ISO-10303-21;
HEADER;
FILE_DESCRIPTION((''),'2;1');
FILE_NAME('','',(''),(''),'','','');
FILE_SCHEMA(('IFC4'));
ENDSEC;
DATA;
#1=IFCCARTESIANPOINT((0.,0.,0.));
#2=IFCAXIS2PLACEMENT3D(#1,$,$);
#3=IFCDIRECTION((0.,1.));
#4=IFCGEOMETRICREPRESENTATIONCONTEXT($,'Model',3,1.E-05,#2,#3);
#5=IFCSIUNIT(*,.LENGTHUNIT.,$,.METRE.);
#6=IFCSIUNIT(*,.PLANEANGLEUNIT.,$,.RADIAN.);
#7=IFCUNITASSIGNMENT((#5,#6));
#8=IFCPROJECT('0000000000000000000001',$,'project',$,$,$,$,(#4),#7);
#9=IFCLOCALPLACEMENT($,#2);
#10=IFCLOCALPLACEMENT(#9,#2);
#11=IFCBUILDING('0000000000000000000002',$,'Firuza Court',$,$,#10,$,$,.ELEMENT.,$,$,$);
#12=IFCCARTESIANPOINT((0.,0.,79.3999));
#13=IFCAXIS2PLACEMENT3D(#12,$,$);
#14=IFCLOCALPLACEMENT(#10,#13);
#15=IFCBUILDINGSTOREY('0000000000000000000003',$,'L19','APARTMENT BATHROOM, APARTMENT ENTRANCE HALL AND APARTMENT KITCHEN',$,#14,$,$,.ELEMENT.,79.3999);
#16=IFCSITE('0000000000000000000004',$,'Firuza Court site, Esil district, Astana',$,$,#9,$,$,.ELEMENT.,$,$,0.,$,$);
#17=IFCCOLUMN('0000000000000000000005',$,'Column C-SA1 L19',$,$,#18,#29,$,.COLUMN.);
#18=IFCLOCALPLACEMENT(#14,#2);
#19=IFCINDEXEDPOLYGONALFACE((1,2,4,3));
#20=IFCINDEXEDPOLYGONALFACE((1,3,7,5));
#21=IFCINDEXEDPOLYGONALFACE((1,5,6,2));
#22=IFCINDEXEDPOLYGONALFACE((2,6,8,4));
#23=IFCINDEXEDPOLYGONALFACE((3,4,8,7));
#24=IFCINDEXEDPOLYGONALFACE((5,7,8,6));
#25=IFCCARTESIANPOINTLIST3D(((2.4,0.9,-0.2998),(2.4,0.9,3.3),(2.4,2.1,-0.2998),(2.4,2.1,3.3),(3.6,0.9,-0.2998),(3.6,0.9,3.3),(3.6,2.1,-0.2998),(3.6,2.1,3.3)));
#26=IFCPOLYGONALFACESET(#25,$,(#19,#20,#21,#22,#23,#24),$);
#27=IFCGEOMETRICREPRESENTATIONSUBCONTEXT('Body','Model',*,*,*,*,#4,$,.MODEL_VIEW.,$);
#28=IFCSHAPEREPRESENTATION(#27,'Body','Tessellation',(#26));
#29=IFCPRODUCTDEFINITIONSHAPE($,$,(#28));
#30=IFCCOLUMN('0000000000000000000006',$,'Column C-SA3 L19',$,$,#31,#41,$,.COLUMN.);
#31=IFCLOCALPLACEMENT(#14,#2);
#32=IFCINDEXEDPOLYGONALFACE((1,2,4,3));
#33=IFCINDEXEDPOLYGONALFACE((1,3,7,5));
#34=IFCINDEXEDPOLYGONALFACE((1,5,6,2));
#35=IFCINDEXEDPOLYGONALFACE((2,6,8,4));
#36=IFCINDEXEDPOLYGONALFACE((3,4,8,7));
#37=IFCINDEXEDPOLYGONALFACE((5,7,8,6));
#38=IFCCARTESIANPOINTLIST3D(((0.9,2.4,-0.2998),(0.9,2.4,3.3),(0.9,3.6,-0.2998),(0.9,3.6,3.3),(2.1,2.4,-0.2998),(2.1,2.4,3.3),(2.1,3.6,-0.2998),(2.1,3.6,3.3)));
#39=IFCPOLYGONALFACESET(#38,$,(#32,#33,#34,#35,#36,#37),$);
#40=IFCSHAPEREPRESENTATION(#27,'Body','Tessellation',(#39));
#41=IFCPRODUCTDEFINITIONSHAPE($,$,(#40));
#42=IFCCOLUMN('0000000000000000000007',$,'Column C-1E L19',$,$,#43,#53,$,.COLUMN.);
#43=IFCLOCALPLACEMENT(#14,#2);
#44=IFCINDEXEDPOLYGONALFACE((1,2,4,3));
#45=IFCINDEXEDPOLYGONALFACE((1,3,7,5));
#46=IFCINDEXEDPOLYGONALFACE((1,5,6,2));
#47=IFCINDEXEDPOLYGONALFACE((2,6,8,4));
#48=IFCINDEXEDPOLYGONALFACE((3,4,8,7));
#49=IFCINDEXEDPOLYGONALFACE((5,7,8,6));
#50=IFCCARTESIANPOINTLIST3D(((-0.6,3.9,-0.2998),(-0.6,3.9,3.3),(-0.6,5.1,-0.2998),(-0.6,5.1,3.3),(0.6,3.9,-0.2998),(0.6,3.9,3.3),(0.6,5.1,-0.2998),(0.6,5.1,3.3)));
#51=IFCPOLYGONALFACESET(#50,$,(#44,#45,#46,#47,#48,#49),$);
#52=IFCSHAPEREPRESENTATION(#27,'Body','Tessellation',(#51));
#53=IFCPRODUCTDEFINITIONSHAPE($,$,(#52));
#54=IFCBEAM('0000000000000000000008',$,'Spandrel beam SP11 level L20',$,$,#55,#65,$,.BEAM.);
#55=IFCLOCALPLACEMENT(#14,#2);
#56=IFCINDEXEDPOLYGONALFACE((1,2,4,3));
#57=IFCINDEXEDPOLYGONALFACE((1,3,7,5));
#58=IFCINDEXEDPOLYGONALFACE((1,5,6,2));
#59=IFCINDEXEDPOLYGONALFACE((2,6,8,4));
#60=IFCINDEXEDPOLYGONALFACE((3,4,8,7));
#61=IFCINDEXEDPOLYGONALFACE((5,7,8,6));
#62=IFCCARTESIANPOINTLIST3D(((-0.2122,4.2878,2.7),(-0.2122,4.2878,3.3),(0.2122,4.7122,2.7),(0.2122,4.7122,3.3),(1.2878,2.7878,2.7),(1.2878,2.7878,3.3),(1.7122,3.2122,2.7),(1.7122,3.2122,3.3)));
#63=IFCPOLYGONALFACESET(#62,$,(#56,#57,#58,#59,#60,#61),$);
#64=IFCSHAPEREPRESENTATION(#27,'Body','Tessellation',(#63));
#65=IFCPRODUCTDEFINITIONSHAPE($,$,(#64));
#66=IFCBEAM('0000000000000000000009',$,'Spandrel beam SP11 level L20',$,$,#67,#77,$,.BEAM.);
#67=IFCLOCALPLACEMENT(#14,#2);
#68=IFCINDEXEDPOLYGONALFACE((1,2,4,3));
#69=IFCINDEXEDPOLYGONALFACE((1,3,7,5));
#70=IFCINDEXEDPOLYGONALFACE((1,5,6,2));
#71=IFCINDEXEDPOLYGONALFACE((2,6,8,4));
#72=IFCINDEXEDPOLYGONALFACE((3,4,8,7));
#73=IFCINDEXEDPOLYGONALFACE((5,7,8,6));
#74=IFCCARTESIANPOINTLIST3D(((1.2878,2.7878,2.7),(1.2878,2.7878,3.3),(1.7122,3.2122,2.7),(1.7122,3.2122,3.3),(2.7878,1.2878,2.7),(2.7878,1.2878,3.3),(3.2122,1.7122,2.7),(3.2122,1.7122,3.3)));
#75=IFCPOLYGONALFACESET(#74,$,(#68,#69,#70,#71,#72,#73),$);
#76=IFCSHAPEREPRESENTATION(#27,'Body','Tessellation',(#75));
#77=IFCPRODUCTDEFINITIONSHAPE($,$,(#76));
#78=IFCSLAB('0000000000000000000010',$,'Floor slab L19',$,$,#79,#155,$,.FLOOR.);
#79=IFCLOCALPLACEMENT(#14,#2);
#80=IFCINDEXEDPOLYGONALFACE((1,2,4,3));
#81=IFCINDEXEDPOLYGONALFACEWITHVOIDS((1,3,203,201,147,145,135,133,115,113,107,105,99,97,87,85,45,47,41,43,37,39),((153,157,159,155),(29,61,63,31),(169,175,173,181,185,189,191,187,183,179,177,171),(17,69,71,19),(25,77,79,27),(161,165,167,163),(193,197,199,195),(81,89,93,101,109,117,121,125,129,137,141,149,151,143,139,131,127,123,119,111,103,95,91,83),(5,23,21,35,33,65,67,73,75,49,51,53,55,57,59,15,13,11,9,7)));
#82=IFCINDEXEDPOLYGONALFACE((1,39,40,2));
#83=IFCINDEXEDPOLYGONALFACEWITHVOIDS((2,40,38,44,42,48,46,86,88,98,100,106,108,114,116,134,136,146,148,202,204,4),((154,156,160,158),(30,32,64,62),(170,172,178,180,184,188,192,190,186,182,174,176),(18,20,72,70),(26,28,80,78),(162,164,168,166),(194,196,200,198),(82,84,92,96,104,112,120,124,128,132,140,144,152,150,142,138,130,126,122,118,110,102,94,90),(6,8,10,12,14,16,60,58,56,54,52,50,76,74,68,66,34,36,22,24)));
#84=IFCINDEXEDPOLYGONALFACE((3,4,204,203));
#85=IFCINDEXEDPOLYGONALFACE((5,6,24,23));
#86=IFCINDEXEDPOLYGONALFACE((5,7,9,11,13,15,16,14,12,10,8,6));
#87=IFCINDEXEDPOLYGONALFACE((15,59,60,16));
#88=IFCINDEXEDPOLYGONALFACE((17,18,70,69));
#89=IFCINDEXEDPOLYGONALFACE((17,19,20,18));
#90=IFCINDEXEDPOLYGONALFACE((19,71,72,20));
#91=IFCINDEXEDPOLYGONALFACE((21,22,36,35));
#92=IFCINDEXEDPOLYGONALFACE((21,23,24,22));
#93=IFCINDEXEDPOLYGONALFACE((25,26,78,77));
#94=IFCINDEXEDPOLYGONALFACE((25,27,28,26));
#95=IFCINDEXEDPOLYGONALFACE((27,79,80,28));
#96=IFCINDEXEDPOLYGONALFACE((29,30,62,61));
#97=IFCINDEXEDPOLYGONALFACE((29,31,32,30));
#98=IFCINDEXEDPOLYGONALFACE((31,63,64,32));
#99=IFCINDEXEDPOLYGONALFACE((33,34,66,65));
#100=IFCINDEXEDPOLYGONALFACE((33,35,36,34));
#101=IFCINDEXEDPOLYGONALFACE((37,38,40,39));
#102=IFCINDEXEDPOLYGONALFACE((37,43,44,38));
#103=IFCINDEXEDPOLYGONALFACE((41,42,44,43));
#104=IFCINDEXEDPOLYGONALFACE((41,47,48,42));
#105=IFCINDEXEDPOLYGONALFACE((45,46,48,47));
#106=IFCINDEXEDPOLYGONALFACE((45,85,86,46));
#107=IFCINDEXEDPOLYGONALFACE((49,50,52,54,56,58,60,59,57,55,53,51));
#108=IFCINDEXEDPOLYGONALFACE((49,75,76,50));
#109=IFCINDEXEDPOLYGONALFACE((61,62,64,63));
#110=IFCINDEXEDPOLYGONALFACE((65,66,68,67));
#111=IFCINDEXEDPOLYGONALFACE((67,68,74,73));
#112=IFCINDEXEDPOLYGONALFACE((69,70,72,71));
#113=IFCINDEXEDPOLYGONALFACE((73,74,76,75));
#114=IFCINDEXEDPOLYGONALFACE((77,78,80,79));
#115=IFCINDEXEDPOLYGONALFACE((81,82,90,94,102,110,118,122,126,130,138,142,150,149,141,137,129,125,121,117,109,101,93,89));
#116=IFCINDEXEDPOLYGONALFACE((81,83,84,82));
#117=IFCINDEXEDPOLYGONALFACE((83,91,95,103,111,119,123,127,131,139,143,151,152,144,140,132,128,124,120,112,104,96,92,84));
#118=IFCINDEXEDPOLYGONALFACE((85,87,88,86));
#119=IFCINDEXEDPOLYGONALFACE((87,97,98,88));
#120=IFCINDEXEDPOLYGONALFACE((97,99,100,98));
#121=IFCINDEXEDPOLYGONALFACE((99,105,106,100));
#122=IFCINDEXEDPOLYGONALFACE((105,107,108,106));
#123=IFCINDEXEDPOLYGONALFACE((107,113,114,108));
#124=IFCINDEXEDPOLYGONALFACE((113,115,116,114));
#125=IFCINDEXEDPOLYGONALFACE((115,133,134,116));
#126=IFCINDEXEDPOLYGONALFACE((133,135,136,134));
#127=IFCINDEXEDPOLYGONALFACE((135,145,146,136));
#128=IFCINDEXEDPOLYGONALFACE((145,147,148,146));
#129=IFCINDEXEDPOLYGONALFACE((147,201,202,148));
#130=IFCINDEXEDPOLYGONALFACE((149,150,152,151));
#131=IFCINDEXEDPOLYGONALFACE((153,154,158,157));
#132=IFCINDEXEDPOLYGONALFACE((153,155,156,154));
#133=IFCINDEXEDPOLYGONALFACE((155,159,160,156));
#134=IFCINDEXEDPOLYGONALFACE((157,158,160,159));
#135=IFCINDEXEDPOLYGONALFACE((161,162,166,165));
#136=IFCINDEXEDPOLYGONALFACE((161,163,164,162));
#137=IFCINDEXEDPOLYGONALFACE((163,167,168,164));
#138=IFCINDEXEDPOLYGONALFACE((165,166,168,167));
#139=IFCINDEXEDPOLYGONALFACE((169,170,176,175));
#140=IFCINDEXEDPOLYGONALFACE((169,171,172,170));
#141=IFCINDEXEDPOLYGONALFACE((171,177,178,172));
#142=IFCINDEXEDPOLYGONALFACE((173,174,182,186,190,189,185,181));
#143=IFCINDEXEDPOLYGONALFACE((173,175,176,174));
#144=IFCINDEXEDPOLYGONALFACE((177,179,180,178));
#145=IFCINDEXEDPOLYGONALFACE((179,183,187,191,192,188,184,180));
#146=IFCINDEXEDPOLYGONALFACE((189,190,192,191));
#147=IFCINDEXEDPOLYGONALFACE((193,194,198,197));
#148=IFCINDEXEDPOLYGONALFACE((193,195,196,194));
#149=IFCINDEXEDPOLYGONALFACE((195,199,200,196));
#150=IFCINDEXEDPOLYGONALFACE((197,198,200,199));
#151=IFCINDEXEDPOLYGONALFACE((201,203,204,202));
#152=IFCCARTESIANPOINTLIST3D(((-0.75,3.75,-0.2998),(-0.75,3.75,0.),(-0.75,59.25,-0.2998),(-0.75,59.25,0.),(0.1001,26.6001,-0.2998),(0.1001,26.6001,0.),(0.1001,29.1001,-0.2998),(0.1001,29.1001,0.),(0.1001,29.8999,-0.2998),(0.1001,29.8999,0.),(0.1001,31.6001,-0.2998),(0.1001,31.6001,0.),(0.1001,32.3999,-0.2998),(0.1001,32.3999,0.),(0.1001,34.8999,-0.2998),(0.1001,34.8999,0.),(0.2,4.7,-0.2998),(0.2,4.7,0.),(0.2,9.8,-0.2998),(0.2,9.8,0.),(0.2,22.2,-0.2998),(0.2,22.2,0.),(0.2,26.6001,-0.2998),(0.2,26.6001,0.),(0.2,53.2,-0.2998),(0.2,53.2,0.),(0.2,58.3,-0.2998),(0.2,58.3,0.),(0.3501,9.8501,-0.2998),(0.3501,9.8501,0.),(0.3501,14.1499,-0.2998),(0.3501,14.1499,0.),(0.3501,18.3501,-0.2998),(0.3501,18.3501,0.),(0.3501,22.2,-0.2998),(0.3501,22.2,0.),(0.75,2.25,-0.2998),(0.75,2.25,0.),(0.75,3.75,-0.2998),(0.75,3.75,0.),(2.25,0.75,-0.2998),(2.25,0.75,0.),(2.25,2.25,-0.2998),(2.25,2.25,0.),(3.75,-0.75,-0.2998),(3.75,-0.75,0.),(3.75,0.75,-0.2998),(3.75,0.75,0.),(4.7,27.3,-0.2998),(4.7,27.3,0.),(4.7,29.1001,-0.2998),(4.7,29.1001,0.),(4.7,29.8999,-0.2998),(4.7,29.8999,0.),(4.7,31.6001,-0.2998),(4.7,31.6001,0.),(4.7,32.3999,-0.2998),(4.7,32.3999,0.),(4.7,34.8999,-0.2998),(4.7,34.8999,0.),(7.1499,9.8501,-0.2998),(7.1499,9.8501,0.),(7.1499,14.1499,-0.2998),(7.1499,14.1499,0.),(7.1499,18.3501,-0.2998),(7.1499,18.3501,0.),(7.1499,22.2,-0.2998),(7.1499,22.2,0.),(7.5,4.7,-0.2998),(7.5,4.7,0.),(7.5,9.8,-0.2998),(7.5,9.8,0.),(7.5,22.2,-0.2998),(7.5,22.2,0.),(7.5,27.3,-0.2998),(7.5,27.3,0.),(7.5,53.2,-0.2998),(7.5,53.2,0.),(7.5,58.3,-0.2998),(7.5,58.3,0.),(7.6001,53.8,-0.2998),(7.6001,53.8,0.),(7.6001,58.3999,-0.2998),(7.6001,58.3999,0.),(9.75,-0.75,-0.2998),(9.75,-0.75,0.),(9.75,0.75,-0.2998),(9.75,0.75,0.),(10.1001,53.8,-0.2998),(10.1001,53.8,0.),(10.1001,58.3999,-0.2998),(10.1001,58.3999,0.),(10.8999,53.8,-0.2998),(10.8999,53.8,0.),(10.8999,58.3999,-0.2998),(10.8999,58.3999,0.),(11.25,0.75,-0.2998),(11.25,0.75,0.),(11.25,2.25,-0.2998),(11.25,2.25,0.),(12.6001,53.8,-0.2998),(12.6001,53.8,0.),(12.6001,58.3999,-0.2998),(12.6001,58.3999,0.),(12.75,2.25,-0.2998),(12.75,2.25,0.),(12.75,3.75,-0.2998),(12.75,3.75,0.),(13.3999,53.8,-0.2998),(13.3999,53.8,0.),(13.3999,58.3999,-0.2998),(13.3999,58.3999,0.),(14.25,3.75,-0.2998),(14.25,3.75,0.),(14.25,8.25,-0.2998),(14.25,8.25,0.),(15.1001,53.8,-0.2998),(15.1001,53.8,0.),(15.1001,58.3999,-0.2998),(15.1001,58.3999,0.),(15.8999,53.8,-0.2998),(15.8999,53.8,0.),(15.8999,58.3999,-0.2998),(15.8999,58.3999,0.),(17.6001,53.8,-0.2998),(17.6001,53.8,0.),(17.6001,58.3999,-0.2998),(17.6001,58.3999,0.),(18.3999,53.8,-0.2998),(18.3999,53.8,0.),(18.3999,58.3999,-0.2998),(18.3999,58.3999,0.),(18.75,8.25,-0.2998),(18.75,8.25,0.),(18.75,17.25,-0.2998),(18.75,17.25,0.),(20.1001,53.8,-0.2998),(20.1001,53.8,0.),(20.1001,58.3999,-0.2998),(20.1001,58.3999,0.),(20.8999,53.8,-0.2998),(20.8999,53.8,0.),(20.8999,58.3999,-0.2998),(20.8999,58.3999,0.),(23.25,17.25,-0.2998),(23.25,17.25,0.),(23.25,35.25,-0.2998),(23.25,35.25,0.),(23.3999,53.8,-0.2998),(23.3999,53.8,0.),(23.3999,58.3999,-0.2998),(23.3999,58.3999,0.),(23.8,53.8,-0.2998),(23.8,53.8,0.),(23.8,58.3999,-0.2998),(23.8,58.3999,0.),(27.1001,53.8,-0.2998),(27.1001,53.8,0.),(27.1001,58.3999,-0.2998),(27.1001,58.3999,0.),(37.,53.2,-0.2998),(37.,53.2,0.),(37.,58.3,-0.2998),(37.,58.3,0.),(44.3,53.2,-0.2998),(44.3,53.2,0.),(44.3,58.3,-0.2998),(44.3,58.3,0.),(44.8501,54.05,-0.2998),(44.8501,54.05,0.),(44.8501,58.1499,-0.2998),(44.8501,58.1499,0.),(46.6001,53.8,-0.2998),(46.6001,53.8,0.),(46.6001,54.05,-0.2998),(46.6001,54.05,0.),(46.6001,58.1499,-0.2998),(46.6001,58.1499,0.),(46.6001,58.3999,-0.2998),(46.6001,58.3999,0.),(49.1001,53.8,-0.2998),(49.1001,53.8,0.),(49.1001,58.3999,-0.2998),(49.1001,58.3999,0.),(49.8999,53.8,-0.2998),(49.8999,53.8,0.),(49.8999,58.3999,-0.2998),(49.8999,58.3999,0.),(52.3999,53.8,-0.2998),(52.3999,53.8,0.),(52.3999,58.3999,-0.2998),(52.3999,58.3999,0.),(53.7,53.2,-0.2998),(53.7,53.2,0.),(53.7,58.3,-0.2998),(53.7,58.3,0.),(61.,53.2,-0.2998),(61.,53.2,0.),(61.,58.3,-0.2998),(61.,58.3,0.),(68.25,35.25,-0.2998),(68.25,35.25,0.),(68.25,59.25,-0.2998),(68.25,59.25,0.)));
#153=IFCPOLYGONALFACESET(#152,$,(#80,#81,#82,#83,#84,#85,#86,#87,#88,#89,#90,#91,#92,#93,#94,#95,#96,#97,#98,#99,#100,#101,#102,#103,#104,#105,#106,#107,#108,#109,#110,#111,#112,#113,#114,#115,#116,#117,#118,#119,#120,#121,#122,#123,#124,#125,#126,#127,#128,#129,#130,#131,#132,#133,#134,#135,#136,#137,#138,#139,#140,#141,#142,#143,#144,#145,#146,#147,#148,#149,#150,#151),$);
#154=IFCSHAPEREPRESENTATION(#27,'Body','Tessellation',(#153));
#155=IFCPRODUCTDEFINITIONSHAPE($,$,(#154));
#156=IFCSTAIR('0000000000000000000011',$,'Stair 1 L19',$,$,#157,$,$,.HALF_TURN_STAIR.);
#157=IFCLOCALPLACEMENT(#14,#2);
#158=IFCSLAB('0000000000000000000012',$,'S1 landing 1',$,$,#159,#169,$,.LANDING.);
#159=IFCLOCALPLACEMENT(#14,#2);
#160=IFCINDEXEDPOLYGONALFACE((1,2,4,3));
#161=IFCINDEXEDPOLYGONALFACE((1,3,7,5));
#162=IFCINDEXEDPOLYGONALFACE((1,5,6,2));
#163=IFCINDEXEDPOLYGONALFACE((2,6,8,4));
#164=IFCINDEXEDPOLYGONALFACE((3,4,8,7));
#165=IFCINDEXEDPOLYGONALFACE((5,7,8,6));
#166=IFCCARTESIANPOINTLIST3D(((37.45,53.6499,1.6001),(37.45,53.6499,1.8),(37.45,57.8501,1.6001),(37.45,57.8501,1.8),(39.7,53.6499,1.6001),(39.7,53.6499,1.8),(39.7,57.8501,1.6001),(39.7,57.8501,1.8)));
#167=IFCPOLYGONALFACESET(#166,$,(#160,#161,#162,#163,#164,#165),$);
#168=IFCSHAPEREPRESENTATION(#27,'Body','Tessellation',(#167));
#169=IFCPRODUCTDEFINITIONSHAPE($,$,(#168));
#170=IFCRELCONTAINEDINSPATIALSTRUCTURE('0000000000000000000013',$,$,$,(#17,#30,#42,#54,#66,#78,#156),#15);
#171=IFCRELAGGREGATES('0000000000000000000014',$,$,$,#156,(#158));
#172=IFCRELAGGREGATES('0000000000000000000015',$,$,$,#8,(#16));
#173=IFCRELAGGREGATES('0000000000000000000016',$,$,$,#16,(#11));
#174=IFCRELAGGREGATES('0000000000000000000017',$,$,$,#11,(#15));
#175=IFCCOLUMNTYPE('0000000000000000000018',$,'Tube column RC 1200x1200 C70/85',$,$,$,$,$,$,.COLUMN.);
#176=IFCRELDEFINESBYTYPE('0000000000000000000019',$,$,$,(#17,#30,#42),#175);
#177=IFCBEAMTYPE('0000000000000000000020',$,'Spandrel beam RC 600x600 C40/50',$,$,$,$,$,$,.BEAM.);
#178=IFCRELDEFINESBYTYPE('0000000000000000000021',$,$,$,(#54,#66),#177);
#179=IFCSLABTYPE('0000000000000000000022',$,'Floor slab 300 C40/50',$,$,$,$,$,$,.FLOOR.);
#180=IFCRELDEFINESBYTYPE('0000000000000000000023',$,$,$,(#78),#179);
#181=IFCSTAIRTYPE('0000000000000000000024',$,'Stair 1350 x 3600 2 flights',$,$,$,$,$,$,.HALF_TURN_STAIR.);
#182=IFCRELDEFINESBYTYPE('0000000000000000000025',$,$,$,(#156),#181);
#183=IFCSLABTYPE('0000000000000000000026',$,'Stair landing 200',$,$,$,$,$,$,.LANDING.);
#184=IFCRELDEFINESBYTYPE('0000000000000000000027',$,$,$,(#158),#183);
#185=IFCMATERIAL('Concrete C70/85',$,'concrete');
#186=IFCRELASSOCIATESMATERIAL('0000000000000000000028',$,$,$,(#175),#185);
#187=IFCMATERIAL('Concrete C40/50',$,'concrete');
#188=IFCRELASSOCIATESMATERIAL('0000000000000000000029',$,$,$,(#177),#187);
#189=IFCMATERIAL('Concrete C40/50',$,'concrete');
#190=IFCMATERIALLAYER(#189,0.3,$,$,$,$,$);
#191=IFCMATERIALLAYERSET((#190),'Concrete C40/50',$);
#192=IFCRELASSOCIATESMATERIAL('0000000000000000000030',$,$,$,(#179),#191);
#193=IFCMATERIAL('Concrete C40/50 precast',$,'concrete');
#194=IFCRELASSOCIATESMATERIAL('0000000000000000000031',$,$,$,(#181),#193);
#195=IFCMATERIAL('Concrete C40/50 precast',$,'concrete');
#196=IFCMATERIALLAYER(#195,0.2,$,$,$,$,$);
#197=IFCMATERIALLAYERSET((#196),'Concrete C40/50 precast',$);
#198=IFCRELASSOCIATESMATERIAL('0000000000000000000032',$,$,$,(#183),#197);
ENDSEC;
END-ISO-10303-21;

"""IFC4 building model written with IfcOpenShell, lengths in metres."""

from ifc_helpers import new_model, si_unit, direction, frame, origin, origin_2d, place, context, subcontext, project, spatial, polyline, rectangle, outline, extrude, material, layer, layer_set, material_profile, profile_set, type_object, element, aggregate, save


model = new_model("IFC4")

# Units and contexts
model_context = context("Model", 3, precision=1e-05, world=origin(), true_north=direction((0.0, 1.0)))
body_context = subcontext(model_context, "Body", "Model", "MODEL_VIEW")
ifc_project = project(units=[si_unit("LENGTHUNIT", "METRE"), si_unit("PLANEANGLEUNIT", "RADIAN")], contexts=[model_context])

# Site, building, storey
site_placement = place(None, origin())
site = spatial("IfcSite", under=ifc_project, at=site_placement, Name="Firuza Court site, Esil district, Astana", CompositionType="ELEMENT", RefElevation=0.0)
building_placement = place(site_placement, origin())
building = spatial("IfcBuilding", under=site, at=building_placement, Name="Firuza Court", CompositionType="ELEMENT")
storey_placement = place(building_placement, frame((0.0, 0.0, 79.3999)))
storey = spatial("IfcBuildingStorey", under=building, at=storey_placement, Name="L19", Description="APARTMENT BATHROOM, APARTMENT ENTRANCE HALL AND APARTMENT KITCHEN", CompositionType="ELEMENT", Elevation=79.3999)

# Columns
ifc_material_1 = material(Name="Concrete C70/85", Category="concrete")
ifc_material_profile_1 = material_profile(ifc_material_1, rectangle(XDim=1.2, YDim=1.2, at=origin_2d()), Name="RC 1200x1200")
ifc_profile_set_1 = profile_set([ifc_material_profile_1], Name="Concrete C70/85")
column_type = type_object("IfcColumnType", Name="Tube column RC 1200x1200 C70/85", PredefinedType="COLUMN", material=ifc_profile_set_1)
for number, where, z_axis, x_axis, name in (
    (1, (3.0, 1.5, -0.2998), (0.0, 0.0, 1.0), (1.0, 0.0, 0.0), "Column C-SA1 L19"),
    (2, (1.5, 3.0, -0.2998), (0.0, 0.0, 1.0), (1.0, 0.0, 0.0), "Column C-SA3 L19"),
    (3, (0.0, 4.5, -0.2998), (0.0, 0.0, 1.0), (1.0, 0.0, 0.0), "Column C-1E L19"),
):
    element("IfcColumn", number, at=place(storey_placement, frame(where, z_axis=z_axis, x_axis=x_axis)), inside=storey, type_object=column_type, Name=name, PredefinedType="COLUMN", context=body_context, shape_type="SweptSolid", body=[
        extrude(rectangle(XDim=1.2, YDim=1.2, at=origin_2d()), origin(), (0.0, 0.0, 1.0), 3.5999),
    ])

# Beams
ifc_material_2 = material(Name="Concrete C40/50", Category="concrete")
ifc_material_profile_2 = material_profile(ifc_material_2, rectangle(XDim=0.6001, YDim=0.6001, at=origin_2d()), Name="RC 600x600")
ifc_profile_set_2 = profile_set([ifc_material_profile_2], Name="Concrete C40/50")
beam_type = type_object("IfcBeamType", Name="Spandrel beam RC 600x600 C40/50", PredefinedType="BEAM", material=ifc_profile_set_2)
for number, where, z_axis, x_axis, name in (
    (4, (0.0, 4.5, 3.0), (0.707107, -0.707107, 0.0), (0.707107, 0.707107, 0.0), "Spandrel beam SP11 level L20"),
    (5, (1.5, 3.0, 3.0), (0.707107, -0.707107, 0.0), (0.707107, 0.707107, 0.0), "Spandrel beam SP11 level L20"),
):
    element("IfcBeam", number, at=place(storey_placement, frame(where, z_axis=z_axis, x_axis=x_axis)), inside=storey, type_object=beam_type, Name=name, PredefinedType="BEAM", context=body_context, shape_type="SweptSolid", body=[
        extrude(rectangle(XDim=0.6001, YDim=0.6001, at=origin_2d()), origin(), (0.0, 0.0, 1.0), 2.1213),
    ])

# Slab
ifc_material_3 = material(Name="Concrete C40/50", Category="concrete")
ifc_layer_1 = layer(ifc_material_3, 0.3)
ifc_layer_set_1 = layer_set([ifc_layer_1], Name="Concrete C40/50")
slab_type_1 = type_object("IfcSlabType", Name="Floor slab 300 C40/50", PredefinedType="FLOOR", material=ifc_layer_set_1)
slab_1_placement = place(storey_placement, frame((0.0, 0.0, -0.2998)))
element("IfcSlab", 6, at=slab_1_placement, inside=storey, type_object=slab_type_1, Name="Floor slab L19", PredefinedType="FLOOR", context=body_context, shape_type="SweptSolid", body=[
    extrude(outline(polyline([(3.75, -0.75), (3.75, 0.75), (2.25, 0.75), (2.25, 2.25), (0.75, 2.25), (0.75, 3.75), (-0.75, 3.75), (-0.75, 59.25), (68.25, 59.25), (68.25, 35.25), (23.25, 35.25), (23.25, 17.25), (18.75, 17.25), (18.75, 8.25), (14.25, 8.25), (14.25, 3.75), (12.75, 3.75), (12.75, 2.25), (11.25, 2.25), (11.25, 0.75), (9.75, 0.75), (9.75, -0.75), (3.75, -0.75)]), holes=[polyline([(7.5, 9.8), (0.2, 9.8), (0.2, 4.7), (7.5, 4.7), (7.5, 9.8)]), polyline([(7.1499, 14.1499), (0.3501, 14.1499), (0.3501, 9.8501), (7.1499, 9.8501), (7.1499, 14.1499)]), polyline([(0.2, 22.2), (0.3501, 22.2), (0.3501, 18.3501), (7.1499, 18.3501), (7.1499, 22.2), (7.5, 22.2), (7.5, 27.3), (4.7, 27.3), (4.7, 29.1001), (4.7, 29.8999), (4.7, 31.6001), (4.7, 32.3999), (4.7, 34.8999), (0.1001, 34.8999), (0.1001, 32.3999), (0.1001, 31.6001), (0.1001, 29.8999), (0.1001, 29.1001), (0.1001, 26.6001), (0.2, 26.6001), (0.2, 22.2)]), polyline([(7.5, 58.3), (0.2, 58.3), (0.2, 53.2), (7.5, 53.2), (7.5, 58.3)]), polyline([(10.1001, 58.3999), (7.6001, 58.3999), (7.6001, 53.8), (10.1001, 53.8), (10.8999, 53.8), (12.6001, 53.8), (13.3999, 53.8), (15.1001, 53.8), (15.8999, 53.8), (17.6001, 53.8), (18.3999, 53.8), (20.1001, 53.8), (20.8999, 53.8), (23.3999, 53.8), (23.3999, 58.3999), (20.8999, 58.3999), (20.1001, 58.3999), (18.3999, 58.3999), (17.6001, 58.3999), (15.8999, 58.3999), (15.1001, 58.3999), (13.3999, 58.3999), (12.6001, 58.3999), (10.8999, 58.3999), (10.1001, 58.3999)]), polyline([(44.3, 58.3), (37.0, 58.3), (37.0, 53.2), (44.3, 53.2), (44.3, 58.3)]), polyline([(61.0, 58.3), (53.7, 58.3), (53.7, 53.2), (61.0, 53.2), (61.0, 58.3)]), polyline([(27.1001, 58.3999), (23.8, 58.3999), (23.8, 53.8), (27.1001, 53.8), (27.1001, 58.3999)]), polyline([(46.6001, 58.1499), (44.8501, 58.1499), (44.8501, 54.05), (46.6001, 54.05), (46.6001, 53.8), (49.1001, 53.8), (49.8999, 53.8), (52.3999, 53.8), (52.3999, 58.3999), (49.8999, 58.3999), (49.1001, 58.3999), (46.6001, 58.3999), (46.6001, 58.1499)])]), origin(), (0.0, 0.0, 1.0), 0.2998),
])

# Stair, slab
ifc_material_4 = material(Name="Concrete C40/50 precast", Category="concrete")
stair_type = type_object("IfcStairType", Name="Stair 1350 x 3600 2 flights", PredefinedType="HALF_TURN_STAIR", material=ifc_material_4)
stair_1_placement = place(storey_placement, origin())
stair_1 = element("IfcStair", 7, at=stair_1_placement, inside=storey, type_object=stair_type, Name="Stair 1 L19", PredefinedType="HALF_TURN_STAIR")
ifc_material_5 = material(Name="Concrete C40/50 precast", Category="concrete")
ifc_layer_2 = layer(ifc_material_5, 0.2)
ifc_layer_set_2 = layer_set([ifc_layer_2], Name="Concrete C40/50 precast")
slab_type_2 = type_object("IfcSlabType", Name="Stair landing 200", PredefinedType="LANDING", material=ifc_layer_set_2)
slab_2_placement = place(storey_placement, frame((0.0, 0.0, 1.6001)))
slab_2 = element("IfcSlab", 8, at=slab_2_placement, type_object=slab_type_2, Name="S1 landing 1", PredefinedType="LANDING", context=body_context, shape_type="SweptSolid", body=[
    extrude(outline(polyline([(39.7, 53.6499), (39.7, 57.8501), (37.45, 57.8501), (37.45, 53.6499), (39.7, 53.6499)])), origin(), (0.0, 0.0, 1.0), 0.2),
])
aggregate(stair_1, [slab_2])

save(model, "model.ifc")
